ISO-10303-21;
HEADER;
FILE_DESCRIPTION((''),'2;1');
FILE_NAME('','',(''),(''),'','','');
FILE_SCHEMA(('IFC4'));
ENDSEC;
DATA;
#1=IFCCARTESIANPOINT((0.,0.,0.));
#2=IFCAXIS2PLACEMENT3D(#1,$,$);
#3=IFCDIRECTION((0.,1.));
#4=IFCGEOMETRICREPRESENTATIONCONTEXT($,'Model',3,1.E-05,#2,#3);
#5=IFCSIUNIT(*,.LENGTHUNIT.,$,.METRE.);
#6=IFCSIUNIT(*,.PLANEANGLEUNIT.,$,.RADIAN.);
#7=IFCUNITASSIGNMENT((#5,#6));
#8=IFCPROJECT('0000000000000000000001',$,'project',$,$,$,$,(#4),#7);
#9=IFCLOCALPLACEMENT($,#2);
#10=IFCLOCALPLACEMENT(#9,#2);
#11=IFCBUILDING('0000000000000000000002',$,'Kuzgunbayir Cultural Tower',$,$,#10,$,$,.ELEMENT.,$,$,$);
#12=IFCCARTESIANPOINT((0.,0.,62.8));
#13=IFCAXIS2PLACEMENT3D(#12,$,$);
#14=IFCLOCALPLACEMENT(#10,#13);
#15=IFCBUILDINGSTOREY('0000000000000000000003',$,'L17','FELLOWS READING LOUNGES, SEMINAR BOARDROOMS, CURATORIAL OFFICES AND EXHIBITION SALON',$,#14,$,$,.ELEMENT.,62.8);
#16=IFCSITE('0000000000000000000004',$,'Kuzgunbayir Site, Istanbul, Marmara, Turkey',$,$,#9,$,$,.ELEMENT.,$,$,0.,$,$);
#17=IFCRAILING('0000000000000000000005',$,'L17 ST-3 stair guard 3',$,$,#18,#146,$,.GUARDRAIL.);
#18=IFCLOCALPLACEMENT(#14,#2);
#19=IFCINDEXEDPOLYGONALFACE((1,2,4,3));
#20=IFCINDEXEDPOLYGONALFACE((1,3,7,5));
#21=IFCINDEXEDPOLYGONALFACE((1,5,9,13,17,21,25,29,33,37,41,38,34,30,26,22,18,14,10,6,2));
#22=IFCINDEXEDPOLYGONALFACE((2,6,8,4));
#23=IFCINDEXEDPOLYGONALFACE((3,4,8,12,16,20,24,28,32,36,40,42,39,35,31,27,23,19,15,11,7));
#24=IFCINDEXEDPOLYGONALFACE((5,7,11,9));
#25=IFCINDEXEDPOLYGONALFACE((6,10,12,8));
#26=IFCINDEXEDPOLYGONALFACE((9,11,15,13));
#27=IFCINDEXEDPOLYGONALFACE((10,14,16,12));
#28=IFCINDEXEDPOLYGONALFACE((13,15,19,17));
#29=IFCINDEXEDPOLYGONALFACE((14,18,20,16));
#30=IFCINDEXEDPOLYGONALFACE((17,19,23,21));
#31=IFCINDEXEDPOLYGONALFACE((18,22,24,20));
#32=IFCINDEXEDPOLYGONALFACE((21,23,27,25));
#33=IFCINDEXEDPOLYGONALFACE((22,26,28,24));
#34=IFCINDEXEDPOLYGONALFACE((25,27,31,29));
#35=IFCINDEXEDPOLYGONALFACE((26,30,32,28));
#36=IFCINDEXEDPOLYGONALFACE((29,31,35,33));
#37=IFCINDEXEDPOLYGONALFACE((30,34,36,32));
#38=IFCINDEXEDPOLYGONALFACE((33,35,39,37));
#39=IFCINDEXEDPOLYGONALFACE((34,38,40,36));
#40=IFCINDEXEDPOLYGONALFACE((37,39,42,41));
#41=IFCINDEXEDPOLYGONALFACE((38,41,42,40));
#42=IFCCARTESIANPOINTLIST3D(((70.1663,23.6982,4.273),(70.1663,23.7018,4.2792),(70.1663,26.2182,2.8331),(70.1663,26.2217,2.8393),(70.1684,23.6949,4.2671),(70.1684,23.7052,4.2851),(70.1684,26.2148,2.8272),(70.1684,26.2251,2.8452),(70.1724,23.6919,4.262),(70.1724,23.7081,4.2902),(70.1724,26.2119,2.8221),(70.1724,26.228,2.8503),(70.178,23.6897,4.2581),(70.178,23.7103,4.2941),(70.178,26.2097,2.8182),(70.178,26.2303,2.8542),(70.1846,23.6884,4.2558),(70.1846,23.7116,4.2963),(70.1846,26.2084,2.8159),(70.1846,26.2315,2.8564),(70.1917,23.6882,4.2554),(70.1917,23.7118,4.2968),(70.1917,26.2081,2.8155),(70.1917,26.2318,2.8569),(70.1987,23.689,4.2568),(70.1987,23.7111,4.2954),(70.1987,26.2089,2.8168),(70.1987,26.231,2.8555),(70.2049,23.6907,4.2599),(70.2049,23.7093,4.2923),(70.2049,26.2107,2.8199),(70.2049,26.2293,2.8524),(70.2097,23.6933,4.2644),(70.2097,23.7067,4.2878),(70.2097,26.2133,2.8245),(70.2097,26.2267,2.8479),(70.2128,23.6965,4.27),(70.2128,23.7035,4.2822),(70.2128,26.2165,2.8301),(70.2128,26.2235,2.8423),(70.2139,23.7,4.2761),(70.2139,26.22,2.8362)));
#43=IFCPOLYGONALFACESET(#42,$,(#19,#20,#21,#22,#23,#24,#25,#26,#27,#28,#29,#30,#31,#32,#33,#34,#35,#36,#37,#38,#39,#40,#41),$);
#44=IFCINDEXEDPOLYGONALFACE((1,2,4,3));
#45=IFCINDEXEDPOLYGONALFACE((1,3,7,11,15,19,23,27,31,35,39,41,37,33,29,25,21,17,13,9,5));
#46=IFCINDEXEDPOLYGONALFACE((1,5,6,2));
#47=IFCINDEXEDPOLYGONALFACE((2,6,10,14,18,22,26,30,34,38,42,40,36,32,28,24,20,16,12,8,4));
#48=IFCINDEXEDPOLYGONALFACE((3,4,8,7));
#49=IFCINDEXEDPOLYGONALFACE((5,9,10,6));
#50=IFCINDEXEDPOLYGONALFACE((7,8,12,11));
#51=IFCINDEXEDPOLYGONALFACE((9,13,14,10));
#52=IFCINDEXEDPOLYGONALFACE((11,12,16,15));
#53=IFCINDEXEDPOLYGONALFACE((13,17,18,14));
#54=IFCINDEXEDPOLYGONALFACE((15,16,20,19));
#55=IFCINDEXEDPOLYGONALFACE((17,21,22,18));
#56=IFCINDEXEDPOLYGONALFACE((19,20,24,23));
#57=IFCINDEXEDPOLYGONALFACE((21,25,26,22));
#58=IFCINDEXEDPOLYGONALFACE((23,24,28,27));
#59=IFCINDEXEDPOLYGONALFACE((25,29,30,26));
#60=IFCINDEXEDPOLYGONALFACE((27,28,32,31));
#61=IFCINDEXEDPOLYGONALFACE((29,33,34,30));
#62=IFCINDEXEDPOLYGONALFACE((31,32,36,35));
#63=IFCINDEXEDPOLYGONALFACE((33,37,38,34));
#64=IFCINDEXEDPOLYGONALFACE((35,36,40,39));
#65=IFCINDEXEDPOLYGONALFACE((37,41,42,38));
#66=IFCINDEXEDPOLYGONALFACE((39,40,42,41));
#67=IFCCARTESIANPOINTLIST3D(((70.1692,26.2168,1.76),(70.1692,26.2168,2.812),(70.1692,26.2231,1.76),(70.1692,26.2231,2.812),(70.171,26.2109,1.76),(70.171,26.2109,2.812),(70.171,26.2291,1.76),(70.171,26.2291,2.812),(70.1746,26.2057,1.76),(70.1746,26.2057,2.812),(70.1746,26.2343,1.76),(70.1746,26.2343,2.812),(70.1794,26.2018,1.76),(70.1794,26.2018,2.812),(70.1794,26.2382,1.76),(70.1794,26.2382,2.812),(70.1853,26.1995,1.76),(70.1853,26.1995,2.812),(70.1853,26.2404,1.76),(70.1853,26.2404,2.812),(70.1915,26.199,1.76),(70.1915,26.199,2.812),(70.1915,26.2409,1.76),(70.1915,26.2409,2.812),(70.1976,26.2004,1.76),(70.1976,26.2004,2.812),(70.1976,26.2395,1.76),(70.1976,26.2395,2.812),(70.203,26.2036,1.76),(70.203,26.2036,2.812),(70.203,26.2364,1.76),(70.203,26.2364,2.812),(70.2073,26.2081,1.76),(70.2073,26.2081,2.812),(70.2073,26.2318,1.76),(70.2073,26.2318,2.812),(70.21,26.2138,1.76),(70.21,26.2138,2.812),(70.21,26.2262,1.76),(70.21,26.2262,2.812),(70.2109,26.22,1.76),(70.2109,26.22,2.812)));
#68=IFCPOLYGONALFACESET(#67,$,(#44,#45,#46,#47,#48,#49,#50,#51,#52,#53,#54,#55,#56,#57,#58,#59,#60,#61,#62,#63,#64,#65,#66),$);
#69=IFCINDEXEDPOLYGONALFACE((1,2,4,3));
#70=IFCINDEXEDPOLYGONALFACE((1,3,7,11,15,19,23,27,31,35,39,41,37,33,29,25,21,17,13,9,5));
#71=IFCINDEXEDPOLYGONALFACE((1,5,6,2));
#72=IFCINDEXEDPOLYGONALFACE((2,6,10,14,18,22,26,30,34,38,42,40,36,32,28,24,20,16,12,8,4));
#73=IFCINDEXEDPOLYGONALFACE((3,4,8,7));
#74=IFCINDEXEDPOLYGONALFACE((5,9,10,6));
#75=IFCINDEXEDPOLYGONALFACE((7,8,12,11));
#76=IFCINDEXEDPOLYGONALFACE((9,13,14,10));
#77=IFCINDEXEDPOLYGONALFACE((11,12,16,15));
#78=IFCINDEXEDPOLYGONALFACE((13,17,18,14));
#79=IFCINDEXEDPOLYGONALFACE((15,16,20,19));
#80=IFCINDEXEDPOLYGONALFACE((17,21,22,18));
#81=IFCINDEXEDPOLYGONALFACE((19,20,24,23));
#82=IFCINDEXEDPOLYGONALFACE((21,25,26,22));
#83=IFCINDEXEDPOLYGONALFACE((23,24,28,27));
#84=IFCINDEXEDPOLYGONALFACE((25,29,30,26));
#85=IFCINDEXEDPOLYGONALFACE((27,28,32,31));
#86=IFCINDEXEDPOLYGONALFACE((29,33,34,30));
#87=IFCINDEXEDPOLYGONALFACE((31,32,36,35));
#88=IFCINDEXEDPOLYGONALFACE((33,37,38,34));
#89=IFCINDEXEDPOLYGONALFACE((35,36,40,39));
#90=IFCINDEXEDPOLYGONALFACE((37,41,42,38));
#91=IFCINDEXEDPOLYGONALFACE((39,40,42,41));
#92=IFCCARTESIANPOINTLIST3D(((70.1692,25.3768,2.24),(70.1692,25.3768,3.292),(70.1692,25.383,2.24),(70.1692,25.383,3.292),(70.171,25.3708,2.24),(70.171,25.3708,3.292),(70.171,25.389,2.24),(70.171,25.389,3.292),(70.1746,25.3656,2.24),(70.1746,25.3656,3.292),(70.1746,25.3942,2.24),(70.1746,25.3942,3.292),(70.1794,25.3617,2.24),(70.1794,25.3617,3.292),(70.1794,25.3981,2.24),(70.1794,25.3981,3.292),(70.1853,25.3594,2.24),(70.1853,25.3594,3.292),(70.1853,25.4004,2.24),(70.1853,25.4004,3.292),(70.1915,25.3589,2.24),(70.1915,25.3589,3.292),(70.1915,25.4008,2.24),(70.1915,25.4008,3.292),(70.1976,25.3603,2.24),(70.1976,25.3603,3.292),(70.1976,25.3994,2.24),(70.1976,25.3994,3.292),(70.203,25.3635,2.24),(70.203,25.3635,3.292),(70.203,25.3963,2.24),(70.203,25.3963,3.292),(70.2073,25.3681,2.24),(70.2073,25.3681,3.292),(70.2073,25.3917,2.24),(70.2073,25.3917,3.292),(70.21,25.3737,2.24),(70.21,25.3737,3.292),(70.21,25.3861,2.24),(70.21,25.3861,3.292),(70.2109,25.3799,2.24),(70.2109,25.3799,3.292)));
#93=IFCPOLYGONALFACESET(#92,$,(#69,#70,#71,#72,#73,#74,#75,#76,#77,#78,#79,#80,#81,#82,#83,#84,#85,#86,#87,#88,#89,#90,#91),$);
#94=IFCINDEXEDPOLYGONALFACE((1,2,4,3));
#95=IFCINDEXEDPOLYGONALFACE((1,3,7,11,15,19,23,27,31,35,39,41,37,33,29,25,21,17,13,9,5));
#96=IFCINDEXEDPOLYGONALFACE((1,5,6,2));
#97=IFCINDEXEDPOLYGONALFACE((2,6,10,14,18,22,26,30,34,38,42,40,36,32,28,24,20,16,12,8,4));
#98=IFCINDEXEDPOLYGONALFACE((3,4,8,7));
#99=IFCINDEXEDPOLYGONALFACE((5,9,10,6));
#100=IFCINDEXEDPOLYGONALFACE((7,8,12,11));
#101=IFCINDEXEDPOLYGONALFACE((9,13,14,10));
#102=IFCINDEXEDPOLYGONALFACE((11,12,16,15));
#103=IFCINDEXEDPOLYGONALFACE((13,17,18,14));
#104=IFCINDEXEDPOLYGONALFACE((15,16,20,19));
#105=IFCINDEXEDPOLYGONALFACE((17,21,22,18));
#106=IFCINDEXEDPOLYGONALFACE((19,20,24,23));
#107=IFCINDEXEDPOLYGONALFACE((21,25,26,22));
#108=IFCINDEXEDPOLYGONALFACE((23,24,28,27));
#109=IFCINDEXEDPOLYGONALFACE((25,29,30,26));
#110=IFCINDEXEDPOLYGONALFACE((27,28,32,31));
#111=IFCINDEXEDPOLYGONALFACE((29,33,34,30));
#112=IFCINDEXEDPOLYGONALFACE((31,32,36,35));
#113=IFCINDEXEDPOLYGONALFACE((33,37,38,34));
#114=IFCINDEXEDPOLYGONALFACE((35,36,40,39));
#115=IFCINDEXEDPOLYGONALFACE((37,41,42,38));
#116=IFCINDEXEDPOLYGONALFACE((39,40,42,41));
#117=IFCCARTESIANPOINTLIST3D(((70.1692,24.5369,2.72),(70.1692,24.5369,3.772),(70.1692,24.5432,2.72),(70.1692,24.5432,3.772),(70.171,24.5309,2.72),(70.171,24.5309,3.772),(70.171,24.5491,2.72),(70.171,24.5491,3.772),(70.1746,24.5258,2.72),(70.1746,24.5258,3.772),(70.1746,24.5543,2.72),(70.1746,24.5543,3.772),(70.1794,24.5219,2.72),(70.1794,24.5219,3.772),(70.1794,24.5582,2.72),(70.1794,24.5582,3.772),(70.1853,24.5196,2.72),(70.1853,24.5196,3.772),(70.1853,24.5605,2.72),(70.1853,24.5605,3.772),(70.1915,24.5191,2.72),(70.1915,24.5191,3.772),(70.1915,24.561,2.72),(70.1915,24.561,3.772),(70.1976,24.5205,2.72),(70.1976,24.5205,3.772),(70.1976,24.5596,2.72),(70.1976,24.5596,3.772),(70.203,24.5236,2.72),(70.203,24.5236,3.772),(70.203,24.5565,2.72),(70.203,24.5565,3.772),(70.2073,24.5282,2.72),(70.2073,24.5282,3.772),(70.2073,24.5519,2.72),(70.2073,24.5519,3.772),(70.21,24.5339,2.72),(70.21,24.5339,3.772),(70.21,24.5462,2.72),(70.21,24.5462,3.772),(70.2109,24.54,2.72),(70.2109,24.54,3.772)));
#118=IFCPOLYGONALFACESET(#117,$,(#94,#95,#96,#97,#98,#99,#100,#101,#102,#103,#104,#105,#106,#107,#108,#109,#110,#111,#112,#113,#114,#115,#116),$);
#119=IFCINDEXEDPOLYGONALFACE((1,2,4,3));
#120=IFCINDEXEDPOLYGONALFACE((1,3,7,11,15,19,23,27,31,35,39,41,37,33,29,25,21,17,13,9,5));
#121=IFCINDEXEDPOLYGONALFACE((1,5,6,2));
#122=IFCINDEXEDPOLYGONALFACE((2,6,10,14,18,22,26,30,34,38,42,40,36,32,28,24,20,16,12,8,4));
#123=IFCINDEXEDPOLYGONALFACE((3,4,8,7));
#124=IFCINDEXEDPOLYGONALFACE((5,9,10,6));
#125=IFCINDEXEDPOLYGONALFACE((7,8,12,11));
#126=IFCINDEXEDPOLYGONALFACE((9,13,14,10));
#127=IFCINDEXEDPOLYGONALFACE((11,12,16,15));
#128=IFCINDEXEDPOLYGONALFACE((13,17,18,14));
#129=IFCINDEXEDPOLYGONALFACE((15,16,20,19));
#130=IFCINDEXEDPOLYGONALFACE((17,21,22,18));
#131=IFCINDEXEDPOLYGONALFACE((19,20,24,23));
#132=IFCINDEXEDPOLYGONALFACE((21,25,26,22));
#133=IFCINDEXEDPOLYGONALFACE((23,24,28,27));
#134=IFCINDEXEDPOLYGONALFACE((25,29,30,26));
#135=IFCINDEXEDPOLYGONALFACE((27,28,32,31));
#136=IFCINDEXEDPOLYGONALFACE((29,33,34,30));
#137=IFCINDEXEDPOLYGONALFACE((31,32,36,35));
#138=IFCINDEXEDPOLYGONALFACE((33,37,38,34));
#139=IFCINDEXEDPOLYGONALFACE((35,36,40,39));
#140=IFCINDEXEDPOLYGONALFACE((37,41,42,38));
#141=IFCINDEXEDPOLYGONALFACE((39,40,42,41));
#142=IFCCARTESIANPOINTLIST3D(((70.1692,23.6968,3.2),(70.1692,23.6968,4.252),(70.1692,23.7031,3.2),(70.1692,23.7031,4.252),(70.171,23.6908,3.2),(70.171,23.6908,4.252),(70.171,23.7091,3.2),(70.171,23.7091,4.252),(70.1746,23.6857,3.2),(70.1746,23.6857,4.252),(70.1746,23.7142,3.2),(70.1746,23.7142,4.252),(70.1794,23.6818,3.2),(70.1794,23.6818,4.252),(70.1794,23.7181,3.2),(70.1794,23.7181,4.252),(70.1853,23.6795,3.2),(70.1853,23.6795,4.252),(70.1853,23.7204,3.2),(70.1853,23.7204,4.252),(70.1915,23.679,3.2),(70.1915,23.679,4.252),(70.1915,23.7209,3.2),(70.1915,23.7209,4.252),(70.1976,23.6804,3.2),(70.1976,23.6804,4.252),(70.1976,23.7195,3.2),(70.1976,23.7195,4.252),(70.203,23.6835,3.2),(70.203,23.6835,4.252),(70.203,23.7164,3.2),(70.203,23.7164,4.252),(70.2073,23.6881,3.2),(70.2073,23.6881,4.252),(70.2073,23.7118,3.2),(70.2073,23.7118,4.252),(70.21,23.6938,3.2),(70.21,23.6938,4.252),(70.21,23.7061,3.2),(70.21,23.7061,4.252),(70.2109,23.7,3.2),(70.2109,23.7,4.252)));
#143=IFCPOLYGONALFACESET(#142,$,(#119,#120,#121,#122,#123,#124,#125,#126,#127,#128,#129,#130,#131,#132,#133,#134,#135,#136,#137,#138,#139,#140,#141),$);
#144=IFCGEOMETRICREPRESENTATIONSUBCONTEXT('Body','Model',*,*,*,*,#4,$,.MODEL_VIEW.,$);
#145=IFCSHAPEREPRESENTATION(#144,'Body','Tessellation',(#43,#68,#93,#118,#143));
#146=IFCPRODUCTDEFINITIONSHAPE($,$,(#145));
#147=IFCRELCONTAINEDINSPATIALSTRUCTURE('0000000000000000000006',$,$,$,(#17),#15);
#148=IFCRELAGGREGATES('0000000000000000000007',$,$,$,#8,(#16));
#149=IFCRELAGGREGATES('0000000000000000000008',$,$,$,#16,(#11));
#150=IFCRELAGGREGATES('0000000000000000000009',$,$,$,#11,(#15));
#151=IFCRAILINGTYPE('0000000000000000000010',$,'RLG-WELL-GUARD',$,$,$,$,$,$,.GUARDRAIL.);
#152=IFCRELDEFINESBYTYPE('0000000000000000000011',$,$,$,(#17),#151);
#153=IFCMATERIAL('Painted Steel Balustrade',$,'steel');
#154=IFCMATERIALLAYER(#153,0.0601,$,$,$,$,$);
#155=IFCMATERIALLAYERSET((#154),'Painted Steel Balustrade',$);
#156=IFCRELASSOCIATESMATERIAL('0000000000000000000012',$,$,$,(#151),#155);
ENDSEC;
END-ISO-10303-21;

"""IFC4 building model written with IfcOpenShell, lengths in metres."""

from ifc_helpers import new_model, si_unit, direction, frame, origin, origin_2d, place, context, subcontext, project, spatial, circle, extrude, material, layer, layer_set, type_object, element, save


model = new_model("IFC4")

# Units and contexts
model_context = context("Model", 3, precision=1e-05, world=origin(), true_north=direction((0.0, 1.0)))
body_context = subcontext(model_context, "Body", "Model", "MODEL_VIEW")
ifc_project = project(units=[si_unit("LENGTHUNIT", "METRE"), si_unit("PLANEANGLEUNIT", "RADIAN")], contexts=[model_context])

# Site, building, storey
site_placement = place(None, origin())
site = spatial("IfcSite", under=ifc_project, at=site_placement, Name="Kuzgunbayir Site, Istanbul, Marmara, Turkey", CompositionType="ELEMENT", RefElevation=0.0)
building_placement = place(site_placement, origin())
building = spatial("IfcBuilding", under=site, at=building_placement, Name="Kuzgunbayir Cultural Tower", CompositionType="ELEMENT")
storey_placement = place(building_placement, frame((0.0, 0.0, 62.8)))
storey = spatial("IfcBuildingStorey", under=building, at=storey_placement, Name="L17", Description="FELLOWS READING LOUNGES, SEMINAR BOARDROOMS, CURATORIAL OFFICES AND EXHIBITION SALON", CompositionType="ELEMENT", Elevation=62.8)

# Railing
ifc_material_1 = material(Name="Painted Steel Balustrade", Category="steel")
ifc_layer_1 = layer(ifc_material_1, 0.0601)
ifc_layer_set_1 = layer_set([ifc_layer_1], Name="Painted Steel Balustrade")
railing_type_1 = type_object("IfcRailingType", Name="RLG-WELL-GUARD", PredefinedType="GUARDRAIL", material=ifc_layer_set_1)
railing_1_placement = place(storey_placement, frame((70.1899, 26.22, 1.76)))
element("IfcRailing", 1, at=railing_1_placement, inside=storey, type_object=railing_type_1, Name="L17 ST-3 stair guard 3", PredefinedType="GUARDRAIL", context=body_context, shape_type="SweptSolid", body=[
    extrude(circle(Radius=0.0239, at=origin_2d()), frame((0.0, 0.0, 1.0762), z_axis=(0.0, -0.868253, 0.496121), x_axis=(1.0, 0.0, 0.0)), (0.0, 0.0, 1.0), 2.9023),
    extrude(circle(Radius=0.021, at=origin_2d()), origin(), (0.0, 0.0, 1.0), 1.052),
    extrude(circle(Radius=0.021, at=origin_2d()), frame((0.0, -0.8401, 0.48)), (0.0, 0.0, 1.0), 1.052),
    extrude(circle(Radius=0.021, at=origin_2d()), frame((0.0, -1.6799, 0.96)), (0.0, 0.0, 1.0), 1.052),
    extrude(circle(Radius=0.021, at=origin_2d()), frame((0.0, -2.52, 1.4399)), (0.0, 0.0, 1.0), 1.052),
])

save(model, "model.ifc")
